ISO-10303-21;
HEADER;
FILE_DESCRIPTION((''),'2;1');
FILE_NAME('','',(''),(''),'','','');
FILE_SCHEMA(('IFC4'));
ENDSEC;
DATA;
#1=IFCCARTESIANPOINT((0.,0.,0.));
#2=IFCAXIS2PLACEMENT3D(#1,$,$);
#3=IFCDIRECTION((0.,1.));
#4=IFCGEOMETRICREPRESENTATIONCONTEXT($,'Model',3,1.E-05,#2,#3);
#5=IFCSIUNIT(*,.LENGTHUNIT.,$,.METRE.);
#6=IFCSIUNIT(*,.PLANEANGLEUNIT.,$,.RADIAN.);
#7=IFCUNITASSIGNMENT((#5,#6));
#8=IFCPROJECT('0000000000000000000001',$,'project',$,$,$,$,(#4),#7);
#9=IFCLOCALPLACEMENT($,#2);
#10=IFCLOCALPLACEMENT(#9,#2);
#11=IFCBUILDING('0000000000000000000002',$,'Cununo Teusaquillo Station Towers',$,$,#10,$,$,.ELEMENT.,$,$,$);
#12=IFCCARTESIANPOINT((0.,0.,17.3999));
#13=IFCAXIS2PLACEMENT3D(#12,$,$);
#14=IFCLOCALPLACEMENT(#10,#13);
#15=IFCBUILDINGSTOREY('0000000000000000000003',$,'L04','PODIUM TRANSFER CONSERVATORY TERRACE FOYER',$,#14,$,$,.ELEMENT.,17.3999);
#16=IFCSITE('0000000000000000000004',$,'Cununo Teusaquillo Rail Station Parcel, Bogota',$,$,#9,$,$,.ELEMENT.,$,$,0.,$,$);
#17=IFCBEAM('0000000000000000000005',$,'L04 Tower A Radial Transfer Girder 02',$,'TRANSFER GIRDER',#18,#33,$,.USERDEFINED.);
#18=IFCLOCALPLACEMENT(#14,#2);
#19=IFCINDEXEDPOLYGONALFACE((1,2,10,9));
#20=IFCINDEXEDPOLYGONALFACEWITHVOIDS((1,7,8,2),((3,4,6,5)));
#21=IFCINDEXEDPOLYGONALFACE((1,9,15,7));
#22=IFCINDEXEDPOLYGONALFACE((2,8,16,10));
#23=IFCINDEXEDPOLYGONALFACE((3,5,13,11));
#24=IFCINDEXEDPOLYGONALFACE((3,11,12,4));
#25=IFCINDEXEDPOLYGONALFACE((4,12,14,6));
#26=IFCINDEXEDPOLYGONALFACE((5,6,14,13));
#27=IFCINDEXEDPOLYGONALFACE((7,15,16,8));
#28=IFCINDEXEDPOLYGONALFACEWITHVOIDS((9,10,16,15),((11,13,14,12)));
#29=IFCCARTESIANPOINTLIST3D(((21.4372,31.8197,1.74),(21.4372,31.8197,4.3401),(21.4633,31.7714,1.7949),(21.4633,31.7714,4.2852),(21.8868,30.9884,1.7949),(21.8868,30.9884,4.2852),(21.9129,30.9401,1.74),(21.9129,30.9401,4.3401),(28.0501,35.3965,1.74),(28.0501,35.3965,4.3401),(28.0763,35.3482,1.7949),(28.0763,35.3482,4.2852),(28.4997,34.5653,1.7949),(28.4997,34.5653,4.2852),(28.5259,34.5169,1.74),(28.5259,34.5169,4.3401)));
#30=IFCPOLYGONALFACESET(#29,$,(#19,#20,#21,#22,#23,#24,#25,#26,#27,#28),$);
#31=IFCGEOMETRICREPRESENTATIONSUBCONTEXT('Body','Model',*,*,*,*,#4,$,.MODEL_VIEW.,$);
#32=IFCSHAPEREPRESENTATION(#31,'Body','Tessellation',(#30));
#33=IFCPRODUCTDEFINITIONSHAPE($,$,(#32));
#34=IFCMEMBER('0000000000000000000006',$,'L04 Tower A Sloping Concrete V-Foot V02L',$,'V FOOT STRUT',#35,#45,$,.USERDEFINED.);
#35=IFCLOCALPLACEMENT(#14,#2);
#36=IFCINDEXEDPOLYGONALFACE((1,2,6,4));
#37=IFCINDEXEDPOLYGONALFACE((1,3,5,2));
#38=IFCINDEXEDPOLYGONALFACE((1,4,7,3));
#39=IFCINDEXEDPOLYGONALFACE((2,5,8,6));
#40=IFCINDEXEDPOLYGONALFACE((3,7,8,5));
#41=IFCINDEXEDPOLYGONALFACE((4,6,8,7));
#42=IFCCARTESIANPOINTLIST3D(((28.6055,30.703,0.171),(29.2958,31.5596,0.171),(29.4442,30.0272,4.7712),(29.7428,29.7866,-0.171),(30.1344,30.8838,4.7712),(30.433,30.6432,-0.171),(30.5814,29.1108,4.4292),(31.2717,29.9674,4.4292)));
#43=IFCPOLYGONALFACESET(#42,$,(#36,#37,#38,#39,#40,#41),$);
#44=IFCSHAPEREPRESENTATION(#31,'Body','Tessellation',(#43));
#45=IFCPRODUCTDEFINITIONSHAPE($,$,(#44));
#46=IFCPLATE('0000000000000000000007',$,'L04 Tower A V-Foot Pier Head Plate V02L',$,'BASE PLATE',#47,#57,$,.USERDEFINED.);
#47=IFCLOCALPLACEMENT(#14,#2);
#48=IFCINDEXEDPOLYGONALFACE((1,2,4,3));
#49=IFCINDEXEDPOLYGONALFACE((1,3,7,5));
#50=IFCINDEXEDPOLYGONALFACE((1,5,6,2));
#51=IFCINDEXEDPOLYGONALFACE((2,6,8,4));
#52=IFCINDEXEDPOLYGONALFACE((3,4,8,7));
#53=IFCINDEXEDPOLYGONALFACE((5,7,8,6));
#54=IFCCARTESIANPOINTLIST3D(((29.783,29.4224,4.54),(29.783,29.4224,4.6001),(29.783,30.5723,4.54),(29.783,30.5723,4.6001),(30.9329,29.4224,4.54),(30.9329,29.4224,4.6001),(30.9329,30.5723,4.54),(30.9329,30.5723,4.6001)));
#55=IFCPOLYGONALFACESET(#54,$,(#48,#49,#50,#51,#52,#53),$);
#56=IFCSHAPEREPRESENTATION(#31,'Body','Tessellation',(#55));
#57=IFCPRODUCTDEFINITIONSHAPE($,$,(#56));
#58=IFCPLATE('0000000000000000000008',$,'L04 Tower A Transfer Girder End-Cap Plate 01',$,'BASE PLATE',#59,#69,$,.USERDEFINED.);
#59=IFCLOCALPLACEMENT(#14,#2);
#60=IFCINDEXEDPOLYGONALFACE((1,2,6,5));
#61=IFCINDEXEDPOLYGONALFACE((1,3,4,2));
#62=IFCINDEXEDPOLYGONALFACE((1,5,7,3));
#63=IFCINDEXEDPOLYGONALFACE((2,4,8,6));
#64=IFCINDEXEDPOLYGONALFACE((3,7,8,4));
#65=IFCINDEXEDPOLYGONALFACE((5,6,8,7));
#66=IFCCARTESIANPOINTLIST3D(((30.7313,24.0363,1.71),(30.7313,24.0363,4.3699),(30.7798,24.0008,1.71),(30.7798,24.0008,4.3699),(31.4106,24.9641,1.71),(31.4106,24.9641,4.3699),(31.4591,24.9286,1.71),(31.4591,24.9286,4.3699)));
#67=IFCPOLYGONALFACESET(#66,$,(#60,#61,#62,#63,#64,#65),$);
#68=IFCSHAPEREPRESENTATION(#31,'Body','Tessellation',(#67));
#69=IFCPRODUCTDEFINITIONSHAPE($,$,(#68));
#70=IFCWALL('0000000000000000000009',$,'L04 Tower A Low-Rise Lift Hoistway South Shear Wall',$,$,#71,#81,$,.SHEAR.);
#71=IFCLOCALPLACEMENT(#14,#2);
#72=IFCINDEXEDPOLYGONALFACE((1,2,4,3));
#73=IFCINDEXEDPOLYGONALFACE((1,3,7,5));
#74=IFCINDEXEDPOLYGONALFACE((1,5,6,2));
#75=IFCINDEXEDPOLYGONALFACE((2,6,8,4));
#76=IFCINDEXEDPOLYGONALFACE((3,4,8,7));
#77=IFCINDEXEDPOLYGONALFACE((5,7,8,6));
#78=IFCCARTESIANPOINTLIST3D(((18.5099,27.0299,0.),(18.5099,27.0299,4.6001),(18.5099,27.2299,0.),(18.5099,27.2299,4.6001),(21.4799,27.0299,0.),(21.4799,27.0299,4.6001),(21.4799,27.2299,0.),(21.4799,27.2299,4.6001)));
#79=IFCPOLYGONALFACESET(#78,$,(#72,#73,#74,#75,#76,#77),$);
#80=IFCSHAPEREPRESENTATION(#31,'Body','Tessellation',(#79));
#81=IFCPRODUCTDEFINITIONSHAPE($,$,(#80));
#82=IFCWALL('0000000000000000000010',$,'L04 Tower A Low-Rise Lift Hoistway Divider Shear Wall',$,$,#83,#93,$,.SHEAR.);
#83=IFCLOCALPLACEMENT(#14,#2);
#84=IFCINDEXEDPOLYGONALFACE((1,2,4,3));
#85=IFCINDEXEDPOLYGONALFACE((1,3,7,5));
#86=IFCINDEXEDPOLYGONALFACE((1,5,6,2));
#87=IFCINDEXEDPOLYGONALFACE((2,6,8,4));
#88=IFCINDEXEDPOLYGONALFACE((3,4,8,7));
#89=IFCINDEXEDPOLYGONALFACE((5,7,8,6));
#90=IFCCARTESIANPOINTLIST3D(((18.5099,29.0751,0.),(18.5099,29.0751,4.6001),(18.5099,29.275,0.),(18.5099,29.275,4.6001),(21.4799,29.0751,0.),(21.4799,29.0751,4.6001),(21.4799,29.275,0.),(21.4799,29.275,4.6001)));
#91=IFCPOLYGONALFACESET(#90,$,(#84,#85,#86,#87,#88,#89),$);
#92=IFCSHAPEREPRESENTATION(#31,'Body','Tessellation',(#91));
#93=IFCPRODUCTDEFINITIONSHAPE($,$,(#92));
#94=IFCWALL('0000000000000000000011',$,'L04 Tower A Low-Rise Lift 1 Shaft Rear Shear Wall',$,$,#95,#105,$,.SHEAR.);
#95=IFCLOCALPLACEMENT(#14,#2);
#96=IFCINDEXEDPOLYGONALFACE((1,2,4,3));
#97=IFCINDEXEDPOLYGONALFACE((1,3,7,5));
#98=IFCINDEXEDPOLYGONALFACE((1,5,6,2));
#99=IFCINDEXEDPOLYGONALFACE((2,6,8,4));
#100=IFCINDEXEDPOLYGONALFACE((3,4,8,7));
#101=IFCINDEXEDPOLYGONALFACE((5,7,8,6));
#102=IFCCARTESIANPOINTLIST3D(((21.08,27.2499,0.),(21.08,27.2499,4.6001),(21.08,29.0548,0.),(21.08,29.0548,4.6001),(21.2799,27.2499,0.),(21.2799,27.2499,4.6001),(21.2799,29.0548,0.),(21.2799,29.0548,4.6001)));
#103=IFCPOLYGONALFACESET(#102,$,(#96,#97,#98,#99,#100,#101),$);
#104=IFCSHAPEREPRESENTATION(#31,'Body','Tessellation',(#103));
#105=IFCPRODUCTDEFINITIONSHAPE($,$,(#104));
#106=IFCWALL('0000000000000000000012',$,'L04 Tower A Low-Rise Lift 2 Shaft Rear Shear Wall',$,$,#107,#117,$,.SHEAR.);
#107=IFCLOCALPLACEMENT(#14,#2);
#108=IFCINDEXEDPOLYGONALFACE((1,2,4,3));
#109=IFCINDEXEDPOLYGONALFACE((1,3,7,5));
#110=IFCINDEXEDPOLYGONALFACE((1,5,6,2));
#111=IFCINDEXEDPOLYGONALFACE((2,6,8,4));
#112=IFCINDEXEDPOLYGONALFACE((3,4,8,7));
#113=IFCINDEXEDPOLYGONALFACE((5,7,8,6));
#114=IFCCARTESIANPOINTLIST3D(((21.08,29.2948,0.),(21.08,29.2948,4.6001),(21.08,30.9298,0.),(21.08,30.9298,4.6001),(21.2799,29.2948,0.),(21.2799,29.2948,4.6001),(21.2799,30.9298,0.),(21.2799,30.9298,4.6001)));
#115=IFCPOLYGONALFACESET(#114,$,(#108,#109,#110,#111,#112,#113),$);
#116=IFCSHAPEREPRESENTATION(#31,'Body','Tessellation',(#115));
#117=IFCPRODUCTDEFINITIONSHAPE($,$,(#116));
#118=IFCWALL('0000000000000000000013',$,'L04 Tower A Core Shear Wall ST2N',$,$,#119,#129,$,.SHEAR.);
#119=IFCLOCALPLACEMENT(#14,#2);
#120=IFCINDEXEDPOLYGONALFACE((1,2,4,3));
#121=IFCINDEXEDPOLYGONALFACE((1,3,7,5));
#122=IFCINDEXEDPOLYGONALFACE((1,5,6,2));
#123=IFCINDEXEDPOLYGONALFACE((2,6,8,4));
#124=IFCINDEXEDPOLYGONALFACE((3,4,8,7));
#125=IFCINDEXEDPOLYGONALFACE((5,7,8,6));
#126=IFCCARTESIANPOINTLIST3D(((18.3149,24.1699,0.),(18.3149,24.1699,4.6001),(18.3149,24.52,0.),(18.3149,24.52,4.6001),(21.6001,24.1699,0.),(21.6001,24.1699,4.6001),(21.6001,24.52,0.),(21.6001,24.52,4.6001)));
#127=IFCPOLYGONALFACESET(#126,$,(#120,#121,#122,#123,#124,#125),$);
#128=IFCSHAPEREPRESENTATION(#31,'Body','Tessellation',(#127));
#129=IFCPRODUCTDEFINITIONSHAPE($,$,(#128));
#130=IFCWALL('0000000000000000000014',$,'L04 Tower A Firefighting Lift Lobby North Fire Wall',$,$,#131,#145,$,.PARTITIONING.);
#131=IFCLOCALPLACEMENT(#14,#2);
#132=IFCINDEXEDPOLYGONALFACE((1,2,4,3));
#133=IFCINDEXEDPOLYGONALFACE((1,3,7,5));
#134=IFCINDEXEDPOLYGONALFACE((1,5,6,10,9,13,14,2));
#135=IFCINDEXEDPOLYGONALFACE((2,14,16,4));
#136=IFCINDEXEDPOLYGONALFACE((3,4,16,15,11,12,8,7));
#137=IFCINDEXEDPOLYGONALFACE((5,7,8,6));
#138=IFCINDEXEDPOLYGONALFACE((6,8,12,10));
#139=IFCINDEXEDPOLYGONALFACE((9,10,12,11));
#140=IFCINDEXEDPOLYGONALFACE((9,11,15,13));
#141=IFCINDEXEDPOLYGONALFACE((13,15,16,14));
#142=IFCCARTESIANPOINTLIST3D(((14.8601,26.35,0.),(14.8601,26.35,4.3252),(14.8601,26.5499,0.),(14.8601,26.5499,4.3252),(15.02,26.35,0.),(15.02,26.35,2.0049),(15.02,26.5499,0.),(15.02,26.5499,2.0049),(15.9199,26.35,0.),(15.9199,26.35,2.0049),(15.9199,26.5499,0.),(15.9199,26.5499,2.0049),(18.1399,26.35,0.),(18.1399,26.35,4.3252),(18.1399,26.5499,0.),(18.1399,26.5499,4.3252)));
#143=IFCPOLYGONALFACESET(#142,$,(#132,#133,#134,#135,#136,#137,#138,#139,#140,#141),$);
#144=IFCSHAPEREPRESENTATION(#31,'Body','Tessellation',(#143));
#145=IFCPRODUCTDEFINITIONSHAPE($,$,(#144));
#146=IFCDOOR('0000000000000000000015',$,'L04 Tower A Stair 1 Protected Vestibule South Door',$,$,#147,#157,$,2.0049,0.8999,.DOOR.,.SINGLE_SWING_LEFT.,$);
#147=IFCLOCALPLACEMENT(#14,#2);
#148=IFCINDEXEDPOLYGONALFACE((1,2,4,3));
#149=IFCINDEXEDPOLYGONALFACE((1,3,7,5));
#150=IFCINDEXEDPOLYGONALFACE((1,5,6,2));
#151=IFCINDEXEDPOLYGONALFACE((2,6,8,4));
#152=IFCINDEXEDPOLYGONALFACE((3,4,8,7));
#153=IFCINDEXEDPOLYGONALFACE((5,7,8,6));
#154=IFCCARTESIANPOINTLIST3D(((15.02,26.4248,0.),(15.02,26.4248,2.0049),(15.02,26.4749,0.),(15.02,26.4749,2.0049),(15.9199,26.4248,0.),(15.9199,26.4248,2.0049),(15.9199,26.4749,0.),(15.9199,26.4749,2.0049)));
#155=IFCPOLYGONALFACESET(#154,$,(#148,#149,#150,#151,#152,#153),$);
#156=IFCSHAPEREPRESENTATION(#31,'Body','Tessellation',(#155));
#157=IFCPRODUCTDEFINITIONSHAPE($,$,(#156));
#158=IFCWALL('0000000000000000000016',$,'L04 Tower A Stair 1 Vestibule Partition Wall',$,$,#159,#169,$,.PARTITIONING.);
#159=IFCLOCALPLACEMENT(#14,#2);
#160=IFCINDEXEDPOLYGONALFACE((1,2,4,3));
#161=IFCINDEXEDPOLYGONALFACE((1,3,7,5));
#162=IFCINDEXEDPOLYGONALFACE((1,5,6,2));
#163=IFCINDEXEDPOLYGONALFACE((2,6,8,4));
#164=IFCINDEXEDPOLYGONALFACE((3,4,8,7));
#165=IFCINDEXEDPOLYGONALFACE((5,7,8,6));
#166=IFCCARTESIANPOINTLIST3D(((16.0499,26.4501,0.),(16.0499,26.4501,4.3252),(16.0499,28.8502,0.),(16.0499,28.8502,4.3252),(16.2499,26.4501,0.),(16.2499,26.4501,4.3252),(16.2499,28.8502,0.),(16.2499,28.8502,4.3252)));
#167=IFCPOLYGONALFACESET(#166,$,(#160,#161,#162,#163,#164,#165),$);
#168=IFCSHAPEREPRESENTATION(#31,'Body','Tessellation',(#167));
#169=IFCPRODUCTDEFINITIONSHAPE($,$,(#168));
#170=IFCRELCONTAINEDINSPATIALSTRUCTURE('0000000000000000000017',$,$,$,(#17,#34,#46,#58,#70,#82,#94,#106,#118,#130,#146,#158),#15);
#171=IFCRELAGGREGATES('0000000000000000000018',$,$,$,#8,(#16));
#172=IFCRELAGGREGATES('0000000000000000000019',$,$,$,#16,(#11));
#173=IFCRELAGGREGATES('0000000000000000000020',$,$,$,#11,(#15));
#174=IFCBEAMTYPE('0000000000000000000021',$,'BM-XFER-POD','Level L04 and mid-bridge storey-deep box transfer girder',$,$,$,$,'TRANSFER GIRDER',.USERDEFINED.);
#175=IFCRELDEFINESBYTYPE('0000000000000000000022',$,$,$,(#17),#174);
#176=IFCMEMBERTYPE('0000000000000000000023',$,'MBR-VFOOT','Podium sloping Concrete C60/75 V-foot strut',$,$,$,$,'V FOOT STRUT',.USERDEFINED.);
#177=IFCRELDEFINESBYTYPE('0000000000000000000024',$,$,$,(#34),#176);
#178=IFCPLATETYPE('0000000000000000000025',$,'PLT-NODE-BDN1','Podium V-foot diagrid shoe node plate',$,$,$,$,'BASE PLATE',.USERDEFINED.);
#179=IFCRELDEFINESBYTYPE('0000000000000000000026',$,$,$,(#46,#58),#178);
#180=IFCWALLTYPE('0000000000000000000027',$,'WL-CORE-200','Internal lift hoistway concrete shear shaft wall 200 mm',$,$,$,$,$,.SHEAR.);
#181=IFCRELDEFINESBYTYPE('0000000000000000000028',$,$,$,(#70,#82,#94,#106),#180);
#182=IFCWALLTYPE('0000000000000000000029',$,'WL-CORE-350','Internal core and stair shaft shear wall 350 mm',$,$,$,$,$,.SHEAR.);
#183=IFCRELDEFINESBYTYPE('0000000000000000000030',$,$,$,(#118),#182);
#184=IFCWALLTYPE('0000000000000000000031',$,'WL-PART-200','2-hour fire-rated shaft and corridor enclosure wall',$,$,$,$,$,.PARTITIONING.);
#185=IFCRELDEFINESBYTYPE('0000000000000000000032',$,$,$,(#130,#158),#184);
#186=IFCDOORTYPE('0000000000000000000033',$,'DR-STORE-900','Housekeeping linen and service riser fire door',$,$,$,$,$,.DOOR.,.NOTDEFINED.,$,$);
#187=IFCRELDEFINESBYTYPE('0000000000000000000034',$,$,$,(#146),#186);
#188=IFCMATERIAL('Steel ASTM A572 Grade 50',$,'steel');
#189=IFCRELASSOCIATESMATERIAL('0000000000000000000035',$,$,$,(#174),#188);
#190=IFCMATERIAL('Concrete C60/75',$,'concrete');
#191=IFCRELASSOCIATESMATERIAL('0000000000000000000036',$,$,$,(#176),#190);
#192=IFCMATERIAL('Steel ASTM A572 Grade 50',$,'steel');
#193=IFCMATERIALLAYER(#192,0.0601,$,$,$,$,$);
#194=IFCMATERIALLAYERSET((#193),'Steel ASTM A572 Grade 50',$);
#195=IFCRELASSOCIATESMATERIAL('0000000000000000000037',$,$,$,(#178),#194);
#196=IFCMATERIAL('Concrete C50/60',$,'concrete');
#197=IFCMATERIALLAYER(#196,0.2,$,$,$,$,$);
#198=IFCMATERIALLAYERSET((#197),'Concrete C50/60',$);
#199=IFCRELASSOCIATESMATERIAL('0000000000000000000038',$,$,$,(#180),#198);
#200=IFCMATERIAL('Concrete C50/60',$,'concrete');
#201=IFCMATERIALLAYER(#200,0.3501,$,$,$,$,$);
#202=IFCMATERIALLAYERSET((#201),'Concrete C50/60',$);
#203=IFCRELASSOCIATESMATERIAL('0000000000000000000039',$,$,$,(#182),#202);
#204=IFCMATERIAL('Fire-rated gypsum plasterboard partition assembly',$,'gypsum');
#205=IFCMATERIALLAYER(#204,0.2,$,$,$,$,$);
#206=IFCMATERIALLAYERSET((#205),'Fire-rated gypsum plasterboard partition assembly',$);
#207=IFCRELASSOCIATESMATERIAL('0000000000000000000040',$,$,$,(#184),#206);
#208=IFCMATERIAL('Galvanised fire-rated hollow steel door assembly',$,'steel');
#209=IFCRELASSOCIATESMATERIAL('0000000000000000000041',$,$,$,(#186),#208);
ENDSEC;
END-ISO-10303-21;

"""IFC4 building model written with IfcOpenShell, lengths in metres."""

from ifc_helpers import new_model, si_unit, direction, frame, frame_2d, origin, origin_2d, place, context, subcontext, project, spatial, rectangle, hollow_rectangle, extrude, source, transform, mapped, material, layer, layer_set, material_profile, profile_set, type_object, element, fill, save


model = new_model("IFC4")

# Units and contexts
model_context = context("Model", 3, precision=1e-05, world=origin(), true_north=direction((0.0, 1.0)))
body_context = subcontext(model_context, "Body", "Model", "MODEL_VIEW")
ifc_project = project(units=[si_unit("LENGTHUNIT", "METRE"), si_unit("PLANEANGLEUNIT", "RADIAN")], contexts=[model_context])

# Site, building, storey
site_placement = place(None, origin())
site = spatial("IfcSite", under=ifc_project, at=site_placement, Name="Cununo Teusaquillo Rail Station Parcel, Bogota", CompositionType="ELEMENT", RefElevation=0.0)
building_placement = place(site_placement, origin())
building = spatial("IfcBuilding", under=site, at=building_placement, Name="Cununo Teusaquillo Station Towers", CompositionType="ELEMENT")
storey_placement = place(building_placement, frame((0.0, 0.0, 17.3999)))
storey = spatial("IfcBuildingStorey", under=building, at=storey_placement, Name="L04", Description="PODIUM TRANSFER CONSERVATORY TERRACE FOYER", CompositionType="ELEMENT", Elevation=17.3999)

# Beam
ifc_material_1 = material(Name="Steel ASTM A572 Grade 50", Category="steel")
ifc_material_profile_1 = material_profile(ifc_material_1, hollow_rectangle(XDim=1.0, YDim=2.6001, WallThickness=0.0549, at=origin_2d()), Name="BOX 2600x1000x55")
ifc_profile_set_1 = profile_set([ifc_material_profile_1], Name="Steel ASTM A572 Grade 50")
beam_type_1 = type_object("IfcBeamType", Name="BM-XFER-POD", Description="Level L04 and mid-bridge storey-deep box transfer girder", ElementType="TRANSFER GIRDER", PredefinedType="USERDEFINED", material=ifc_profile_set_1)
beam_1_placement = place(storey_placement, frame((21.675, 31.3799, 3.04), z_axis=(0.879579, 0.475753, 0.0), x_axis=(-0.475753, 0.879579, 0.0)))
element("IfcBeam", 1, at=beam_1_placement, inside=storey, type_object=beam_type_1, Name="L04 Tower A Radial Transfer Girder 02", ObjectType="TRANSFER GIRDER", PredefinedType="USERDEFINED", context=body_context, shape_type="SweptSolid", body=[
    extrude(hollow_rectangle(XDim=1.0, YDim=2.6001, WallThickness=0.0549, at=origin_2d()), origin(), (0.0, 0.0, 1.0), 7.5183),
])

# Member
ifc_material_2 = material(Name="Concrete C60/75", Category="concrete")
ifc_material_profile_2 = material_profile(ifc_material_2, rectangle(XDim=1.1001, YDim=1.5, at=origin_2d()), Name="RC-RECT-1500x1100")
ifc_profile_set_2 = profile_set([ifc_material_profile_2], Name="Concrete C60/75")
member_type = type_object("IfcMemberType", Name="MBR-VFOOT", Description="Podium sloping Concrete C60/75 V-foot strut", ElementType="V FOOT STRUT", PredefinedType="USERDEFINED", material=ifc_profile_set_2)
member_placement = place(storey_placement, frame((29.5193, 30.6731, 0.0), z_axis=(0.177505, -0.143038, 0.973669), x_axis=(0.627456, 0.778652, 0.0)))
element("IfcMember", 2, at=member_placement, inside=storey, type_object=member_type, Name="L04 Tower A Sloping Concrete V-Foot V02L", ObjectType="V FOOT STRUT", PredefinedType="USERDEFINED", context=body_context, shape_type="SweptSolid", body=[
    extrude(rectangle(XDim=1.1001, YDim=1.5, at=origin_2d()), origin(), (0.0, 0.0, 1.0), 4.7246),
])

# Plates
ifc_material_3 = material(Name="Steel ASTM A572 Grade 50", Category="steel")
ifc_layer_1 = layer(ifc_material_3, 0.0601)
ifc_layer_set_1 = layer_set([ifc_layer_1], Name="Steel ASTM A572 Grade 50")
plate_type = type_object("IfcPlateType", Name="PLT-NODE-BDN1", Description="Podium V-foot diagrid shoe node plate", ElementType="BASE PLATE", PredefinedType="USERDEFINED", material=ifc_layer_set_1)
shared_shape_1 = source(origin(), body_context, "Body", "SweptSolid", [
    extrude(rectangle(XDim=1.1499, YDim=1.1499, at=origin_2d()), origin(), (0.0, 0.0, 1.0), 0.0601),
])
plate_1_placement = place(storey_placement, frame((30.3579, 29.9973, 4.54), z_axis=(0.0, 0.0, 1.0), x_axis=(1.0, 0.0, 0.0)))
element("IfcPlate", 3, at=plate_1_placement, inside=storey, type_object=plate_type, Name="L04 Tower A V-Foot Pier Head Plate V02L", ObjectType="BASE PLATE", PredefinedType="USERDEFINED", context=body_context, shape_type="MappedRepresentation", body=[
    mapped(shared_shape_1, transform((0.0, 0.0, 0.0), x_axis=(1.0, 0.0, 0.0), y_axis=(0.0, 1.0, 0.0), z_axis=(0.0, 0.0, 1.0), scale=1.0)),
])
shared_shape_2 = source(origin(), body_context, "Body", "SweptSolid", [
    extrude(rectangle(XDim=0.0601, YDim=1.1499, at=origin_2d()), origin(), (0.0, 0.0, 1.0), 2.6599),
])
plate_2_placement = place(storey_placement, frame((31.0952, 24.4824, 1.71), z_axis=(0.0, 0.0, 1.0), x_axis=(0.806857, -0.590746, 0.0)))
element("IfcPlate", 4, at=plate_2_placement, inside=storey, type_object=plate_type, Name="L04 Tower A Transfer Girder End-Cap Plate 01", ObjectType="BASE PLATE", PredefinedType="USERDEFINED", context=body_context, shape_type="MappedRepresentation", body=[
    mapped(shared_shape_2, transform((0.0, 0.0, 0.0), x_axis=(1.0, 0.0, 0.0), y_axis=(0.0, 1.0, 0.0), z_axis=(0.0, 0.0, 1.0), scale=1.0)),
])

# Walls
ifc_material_4 = material(Name="Concrete C50/60", Category="concrete")
ifc_layer_2 = layer(ifc_material_4, 0.2)
ifc_layer_set_2 = layer_set([ifc_layer_2], Name="Concrete C50/60")
wall_type_1 = type_object("IfcWallType", Name="WL-CORE-200", Description="Internal lift hoistway concrete shear shaft wall 200 mm", PredefinedType="SHEAR", material=ifc_layer_set_2)
for number, where, z_axis, x_axis, name in (
    (5, (18.51, 27.1299, 0.0), (0.0, 0.0, 1.0), (1.0, 0.0, 0.0), "L04 Tower A Low-Rise Lift Hoistway South Shear Wall"),
    (6, (18.51, 29.175, 0.0), (0.0, 0.0, 1.0), (1.0, 0.0, 0.0), "L04 Tower A Low-Rise Lift Hoistway Divider Shear Wall"),
):
    element("IfcWall", number, at=place(storey_placement, frame(where, z_axis=z_axis, x_axis=x_axis)), inside=storey, type_object=wall_type_1, Name=name, PredefinedType="SHEAR", context=body_context, shape_type="SweptSolid", body=[
        extrude(rectangle(XDim=2.97, YDim=0.2, at=frame_2d((1.4849, 0.0))), origin(), (0.0, 0.0, 1.0), 4.6001),
    ])
wall_1_placement = place(storey_placement, frame((21.1799, 27.25, 0.0), z_axis=(0.0, 0.0, 1.0), x_axis=(0.0, 1.0, 0.0)))
element("IfcWall", 7, at=wall_1_placement, inside=storey, type_object=wall_type_1, Name="L04 Tower A Low-Rise Lift 1 Shaft Rear Shear Wall", PredefinedType="SHEAR", context=body_context, shape_type="SweptSolid", body=[
    extrude(rectangle(XDim=1.8049, YDim=0.2, at=frame_2d((0.9023, 0.0))), origin(), (0.0, 0.0, 1.0), 4.6001),
])
wall_2_placement = place(storey_placement, frame((21.1799, 29.2949, 0.0), z_axis=(0.0, 0.0, 1.0), x_axis=(0.0, 1.0, 0.0)))
element("IfcWall", 8, at=wall_2_placement, inside=storey, type_object=wall_type_1, Name="L04 Tower A Low-Rise Lift 2 Shaft Rear Shear Wall", PredefinedType="SHEAR", context=body_context, shape_type="SweptSolid", body=[
    extrude(rectangle(XDim=1.635, YDim=0.2, at=frame_2d((0.8174, 0.0))), origin(), (0.0, 0.0, 1.0), 4.6001),
])
ifc_material_5 = material(Name="Concrete C50/60", Category="concrete")
ifc_layer_3 = layer(ifc_material_5, 0.3501)
ifc_layer_set_3 = layer_set([ifc_layer_3], Name="Concrete C50/60")
wall_type_2 = type_object("IfcWallType", Name="WL-CORE-350", Description="Internal core and stair shaft shear wall 350 mm", PredefinedType="SHEAR", material=ifc_layer_set_3)
wall_3_placement = place(storey_placement, frame((18.3149, 24.345, 0.0), z_axis=(0.0, 0.0, 1.0), x_axis=(1.0, 0.0, 0.0)))
element("IfcWall", 9, at=wall_3_placement, inside=storey, type_object=wall_type_2, Name="L04 Tower A Core Shear Wall ST2N", PredefinedType="SHEAR", context=body_context, shape_type="SweptSolid", body=[
    extrude(rectangle(XDim=3.2852, YDim=0.3501, at=frame_2d((1.6426, 0.0))), origin(), (0.0, 0.0, 1.0), 4.6001),
])

# Wall, opening, door
ifc_material_6 = material(Name="Fire-rated gypsum plasterboard partition assembly", Category="gypsum")
ifc_layer_4 = layer(ifc_material_6, 0.2)
ifc_layer_set_4 = layer_set([ifc_layer_4], Name="Fire-rated gypsum plasterboard partition assembly")
wall_type_3 = type_object("IfcWallType", Name="WL-PART-200", Description="2-hour fire-rated shaft and corridor enclosure wall", PredefinedType="PARTITIONING", material=ifc_layer_set_4)
wall_4_placement = place(storey_placement, frame((14.8601, 26.45, 0.0), z_axis=(0.0, 0.0, 1.0), x_axis=(1.0, 0.0, 0.0)))
wall_4 = element("IfcWall", 10, at=wall_4_placement, inside=storey, type_object=wall_type_3, Name="L04 Tower A Firefighting Lift Lobby North Fire Wall", PredefinedType="PARTITIONING", context=body_context, shape_type="SweptSolid", body=[
    extrude(rectangle(XDim=3.2798, YDim=0.2, at=frame_2d((1.6399, 0.0))), origin(), (0.0, 0.0, 1.0), 4.3252),
])
shared_shape_3 = source(origin(), body_context, "Body", "SweptSolid", [
    extrude(rectangle(XDim=0.8999, YDim=2.0049, at=frame_2d((0.45, 1.0024))), frame((0.0, 0.1099, 0.0), z_axis=(0.0, -1.0, 0.0), x_axis=(1.0, 0.0, 0.0)), (0.0, 0.0, 1.0), 0.22),
])
opening_1_placement = place(wall_4_placement, frame((0.1599, 0.0, 0.0)))
opening_1 = element("IfcOpeningElement", 11, at=opening_1_placement, cuts=wall_4, PredefinedType="OPENING", context=body_context, shape_type="MappedRepresentation", body=[
    mapped(shared_shape_3, transform((0.0, 0.0, 0.0), x_axis=(1.0, 0.0, 0.0), y_axis=(0.0, 1.0, 0.0), z_axis=(0.0, 0.0, 1.0), scale=1.0)),
])
ifc_material_7 = material(Name="Galvanised fire-rated hollow steel door assembly", Category="steel")
door_type_1 = type_object("IfcDoorType", Name="DR-STORE-900", Description="Housekeeping linen and service riser fire door", OperationType="NOTDEFINED", PredefinedType="DOOR", material=ifc_material_7)
shared_shape_4 = source(origin(), body_context, "Body", "SweptSolid", [
    extrude(rectangle(XDim=0.8999, YDim=2.0049, at=frame_2d((0.45, 1.0024))), frame((0.0, 0.0249, 0.0), z_axis=(0.0, -1.0, 0.0), x_axis=(1.0, 0.0, 0.0)), (0.0, 0.0, 1.0), 0.05),
])
door_1_placement = place(opening_1_placement, origin())
door_1 = element("IfcDoor", 12, at=door_1_placement, inside=storey, type_object=door_type_1, Name="L04 Tower A Stair 1 Protected Vestibule South Door", OperationType="SINGLE_SWING_LEFT", OverallHeight=2.0049, OverallWidth=0.8999, PredefinedType="DOOR", context=body_context, shape_type="MappedRepresentation", body=[
    mapped(shared_shape_4, transform((0.0, 0.0, 0.0), x_axis=(1.0, 0.0, 0.0), y_axis=(0.0, 1.0, 0.0), z_axis=(0.0, 0.0, 1.0), scale=1.0)),
])
fill(opening_1, door_1)

# Wall
wall_5_placement = place(storey_placement, frame((16.1499, 26.45, 0.0), z_axis=(0.0, 0.0, 1.0), x_axis=(0.0, 1.0, 0.0)))
element("IfcWall", 13, at=wall_5_placement, inside=storey, type_object=wall_type_3, Name="L04 Tower A Stair 1 Vestibule Partition Wall", PredefinedType="PARTITIONING", context=body_context, shape_type="SweptSolid", body=[
    extrude(rectangle(XDim=2.4001, YDim=0.2, at=frame_2d((1.2002, 0.0))), origin(), (0.0, 0.0, 1.0), 4.3252),
])

save(model, "model.ifc")
